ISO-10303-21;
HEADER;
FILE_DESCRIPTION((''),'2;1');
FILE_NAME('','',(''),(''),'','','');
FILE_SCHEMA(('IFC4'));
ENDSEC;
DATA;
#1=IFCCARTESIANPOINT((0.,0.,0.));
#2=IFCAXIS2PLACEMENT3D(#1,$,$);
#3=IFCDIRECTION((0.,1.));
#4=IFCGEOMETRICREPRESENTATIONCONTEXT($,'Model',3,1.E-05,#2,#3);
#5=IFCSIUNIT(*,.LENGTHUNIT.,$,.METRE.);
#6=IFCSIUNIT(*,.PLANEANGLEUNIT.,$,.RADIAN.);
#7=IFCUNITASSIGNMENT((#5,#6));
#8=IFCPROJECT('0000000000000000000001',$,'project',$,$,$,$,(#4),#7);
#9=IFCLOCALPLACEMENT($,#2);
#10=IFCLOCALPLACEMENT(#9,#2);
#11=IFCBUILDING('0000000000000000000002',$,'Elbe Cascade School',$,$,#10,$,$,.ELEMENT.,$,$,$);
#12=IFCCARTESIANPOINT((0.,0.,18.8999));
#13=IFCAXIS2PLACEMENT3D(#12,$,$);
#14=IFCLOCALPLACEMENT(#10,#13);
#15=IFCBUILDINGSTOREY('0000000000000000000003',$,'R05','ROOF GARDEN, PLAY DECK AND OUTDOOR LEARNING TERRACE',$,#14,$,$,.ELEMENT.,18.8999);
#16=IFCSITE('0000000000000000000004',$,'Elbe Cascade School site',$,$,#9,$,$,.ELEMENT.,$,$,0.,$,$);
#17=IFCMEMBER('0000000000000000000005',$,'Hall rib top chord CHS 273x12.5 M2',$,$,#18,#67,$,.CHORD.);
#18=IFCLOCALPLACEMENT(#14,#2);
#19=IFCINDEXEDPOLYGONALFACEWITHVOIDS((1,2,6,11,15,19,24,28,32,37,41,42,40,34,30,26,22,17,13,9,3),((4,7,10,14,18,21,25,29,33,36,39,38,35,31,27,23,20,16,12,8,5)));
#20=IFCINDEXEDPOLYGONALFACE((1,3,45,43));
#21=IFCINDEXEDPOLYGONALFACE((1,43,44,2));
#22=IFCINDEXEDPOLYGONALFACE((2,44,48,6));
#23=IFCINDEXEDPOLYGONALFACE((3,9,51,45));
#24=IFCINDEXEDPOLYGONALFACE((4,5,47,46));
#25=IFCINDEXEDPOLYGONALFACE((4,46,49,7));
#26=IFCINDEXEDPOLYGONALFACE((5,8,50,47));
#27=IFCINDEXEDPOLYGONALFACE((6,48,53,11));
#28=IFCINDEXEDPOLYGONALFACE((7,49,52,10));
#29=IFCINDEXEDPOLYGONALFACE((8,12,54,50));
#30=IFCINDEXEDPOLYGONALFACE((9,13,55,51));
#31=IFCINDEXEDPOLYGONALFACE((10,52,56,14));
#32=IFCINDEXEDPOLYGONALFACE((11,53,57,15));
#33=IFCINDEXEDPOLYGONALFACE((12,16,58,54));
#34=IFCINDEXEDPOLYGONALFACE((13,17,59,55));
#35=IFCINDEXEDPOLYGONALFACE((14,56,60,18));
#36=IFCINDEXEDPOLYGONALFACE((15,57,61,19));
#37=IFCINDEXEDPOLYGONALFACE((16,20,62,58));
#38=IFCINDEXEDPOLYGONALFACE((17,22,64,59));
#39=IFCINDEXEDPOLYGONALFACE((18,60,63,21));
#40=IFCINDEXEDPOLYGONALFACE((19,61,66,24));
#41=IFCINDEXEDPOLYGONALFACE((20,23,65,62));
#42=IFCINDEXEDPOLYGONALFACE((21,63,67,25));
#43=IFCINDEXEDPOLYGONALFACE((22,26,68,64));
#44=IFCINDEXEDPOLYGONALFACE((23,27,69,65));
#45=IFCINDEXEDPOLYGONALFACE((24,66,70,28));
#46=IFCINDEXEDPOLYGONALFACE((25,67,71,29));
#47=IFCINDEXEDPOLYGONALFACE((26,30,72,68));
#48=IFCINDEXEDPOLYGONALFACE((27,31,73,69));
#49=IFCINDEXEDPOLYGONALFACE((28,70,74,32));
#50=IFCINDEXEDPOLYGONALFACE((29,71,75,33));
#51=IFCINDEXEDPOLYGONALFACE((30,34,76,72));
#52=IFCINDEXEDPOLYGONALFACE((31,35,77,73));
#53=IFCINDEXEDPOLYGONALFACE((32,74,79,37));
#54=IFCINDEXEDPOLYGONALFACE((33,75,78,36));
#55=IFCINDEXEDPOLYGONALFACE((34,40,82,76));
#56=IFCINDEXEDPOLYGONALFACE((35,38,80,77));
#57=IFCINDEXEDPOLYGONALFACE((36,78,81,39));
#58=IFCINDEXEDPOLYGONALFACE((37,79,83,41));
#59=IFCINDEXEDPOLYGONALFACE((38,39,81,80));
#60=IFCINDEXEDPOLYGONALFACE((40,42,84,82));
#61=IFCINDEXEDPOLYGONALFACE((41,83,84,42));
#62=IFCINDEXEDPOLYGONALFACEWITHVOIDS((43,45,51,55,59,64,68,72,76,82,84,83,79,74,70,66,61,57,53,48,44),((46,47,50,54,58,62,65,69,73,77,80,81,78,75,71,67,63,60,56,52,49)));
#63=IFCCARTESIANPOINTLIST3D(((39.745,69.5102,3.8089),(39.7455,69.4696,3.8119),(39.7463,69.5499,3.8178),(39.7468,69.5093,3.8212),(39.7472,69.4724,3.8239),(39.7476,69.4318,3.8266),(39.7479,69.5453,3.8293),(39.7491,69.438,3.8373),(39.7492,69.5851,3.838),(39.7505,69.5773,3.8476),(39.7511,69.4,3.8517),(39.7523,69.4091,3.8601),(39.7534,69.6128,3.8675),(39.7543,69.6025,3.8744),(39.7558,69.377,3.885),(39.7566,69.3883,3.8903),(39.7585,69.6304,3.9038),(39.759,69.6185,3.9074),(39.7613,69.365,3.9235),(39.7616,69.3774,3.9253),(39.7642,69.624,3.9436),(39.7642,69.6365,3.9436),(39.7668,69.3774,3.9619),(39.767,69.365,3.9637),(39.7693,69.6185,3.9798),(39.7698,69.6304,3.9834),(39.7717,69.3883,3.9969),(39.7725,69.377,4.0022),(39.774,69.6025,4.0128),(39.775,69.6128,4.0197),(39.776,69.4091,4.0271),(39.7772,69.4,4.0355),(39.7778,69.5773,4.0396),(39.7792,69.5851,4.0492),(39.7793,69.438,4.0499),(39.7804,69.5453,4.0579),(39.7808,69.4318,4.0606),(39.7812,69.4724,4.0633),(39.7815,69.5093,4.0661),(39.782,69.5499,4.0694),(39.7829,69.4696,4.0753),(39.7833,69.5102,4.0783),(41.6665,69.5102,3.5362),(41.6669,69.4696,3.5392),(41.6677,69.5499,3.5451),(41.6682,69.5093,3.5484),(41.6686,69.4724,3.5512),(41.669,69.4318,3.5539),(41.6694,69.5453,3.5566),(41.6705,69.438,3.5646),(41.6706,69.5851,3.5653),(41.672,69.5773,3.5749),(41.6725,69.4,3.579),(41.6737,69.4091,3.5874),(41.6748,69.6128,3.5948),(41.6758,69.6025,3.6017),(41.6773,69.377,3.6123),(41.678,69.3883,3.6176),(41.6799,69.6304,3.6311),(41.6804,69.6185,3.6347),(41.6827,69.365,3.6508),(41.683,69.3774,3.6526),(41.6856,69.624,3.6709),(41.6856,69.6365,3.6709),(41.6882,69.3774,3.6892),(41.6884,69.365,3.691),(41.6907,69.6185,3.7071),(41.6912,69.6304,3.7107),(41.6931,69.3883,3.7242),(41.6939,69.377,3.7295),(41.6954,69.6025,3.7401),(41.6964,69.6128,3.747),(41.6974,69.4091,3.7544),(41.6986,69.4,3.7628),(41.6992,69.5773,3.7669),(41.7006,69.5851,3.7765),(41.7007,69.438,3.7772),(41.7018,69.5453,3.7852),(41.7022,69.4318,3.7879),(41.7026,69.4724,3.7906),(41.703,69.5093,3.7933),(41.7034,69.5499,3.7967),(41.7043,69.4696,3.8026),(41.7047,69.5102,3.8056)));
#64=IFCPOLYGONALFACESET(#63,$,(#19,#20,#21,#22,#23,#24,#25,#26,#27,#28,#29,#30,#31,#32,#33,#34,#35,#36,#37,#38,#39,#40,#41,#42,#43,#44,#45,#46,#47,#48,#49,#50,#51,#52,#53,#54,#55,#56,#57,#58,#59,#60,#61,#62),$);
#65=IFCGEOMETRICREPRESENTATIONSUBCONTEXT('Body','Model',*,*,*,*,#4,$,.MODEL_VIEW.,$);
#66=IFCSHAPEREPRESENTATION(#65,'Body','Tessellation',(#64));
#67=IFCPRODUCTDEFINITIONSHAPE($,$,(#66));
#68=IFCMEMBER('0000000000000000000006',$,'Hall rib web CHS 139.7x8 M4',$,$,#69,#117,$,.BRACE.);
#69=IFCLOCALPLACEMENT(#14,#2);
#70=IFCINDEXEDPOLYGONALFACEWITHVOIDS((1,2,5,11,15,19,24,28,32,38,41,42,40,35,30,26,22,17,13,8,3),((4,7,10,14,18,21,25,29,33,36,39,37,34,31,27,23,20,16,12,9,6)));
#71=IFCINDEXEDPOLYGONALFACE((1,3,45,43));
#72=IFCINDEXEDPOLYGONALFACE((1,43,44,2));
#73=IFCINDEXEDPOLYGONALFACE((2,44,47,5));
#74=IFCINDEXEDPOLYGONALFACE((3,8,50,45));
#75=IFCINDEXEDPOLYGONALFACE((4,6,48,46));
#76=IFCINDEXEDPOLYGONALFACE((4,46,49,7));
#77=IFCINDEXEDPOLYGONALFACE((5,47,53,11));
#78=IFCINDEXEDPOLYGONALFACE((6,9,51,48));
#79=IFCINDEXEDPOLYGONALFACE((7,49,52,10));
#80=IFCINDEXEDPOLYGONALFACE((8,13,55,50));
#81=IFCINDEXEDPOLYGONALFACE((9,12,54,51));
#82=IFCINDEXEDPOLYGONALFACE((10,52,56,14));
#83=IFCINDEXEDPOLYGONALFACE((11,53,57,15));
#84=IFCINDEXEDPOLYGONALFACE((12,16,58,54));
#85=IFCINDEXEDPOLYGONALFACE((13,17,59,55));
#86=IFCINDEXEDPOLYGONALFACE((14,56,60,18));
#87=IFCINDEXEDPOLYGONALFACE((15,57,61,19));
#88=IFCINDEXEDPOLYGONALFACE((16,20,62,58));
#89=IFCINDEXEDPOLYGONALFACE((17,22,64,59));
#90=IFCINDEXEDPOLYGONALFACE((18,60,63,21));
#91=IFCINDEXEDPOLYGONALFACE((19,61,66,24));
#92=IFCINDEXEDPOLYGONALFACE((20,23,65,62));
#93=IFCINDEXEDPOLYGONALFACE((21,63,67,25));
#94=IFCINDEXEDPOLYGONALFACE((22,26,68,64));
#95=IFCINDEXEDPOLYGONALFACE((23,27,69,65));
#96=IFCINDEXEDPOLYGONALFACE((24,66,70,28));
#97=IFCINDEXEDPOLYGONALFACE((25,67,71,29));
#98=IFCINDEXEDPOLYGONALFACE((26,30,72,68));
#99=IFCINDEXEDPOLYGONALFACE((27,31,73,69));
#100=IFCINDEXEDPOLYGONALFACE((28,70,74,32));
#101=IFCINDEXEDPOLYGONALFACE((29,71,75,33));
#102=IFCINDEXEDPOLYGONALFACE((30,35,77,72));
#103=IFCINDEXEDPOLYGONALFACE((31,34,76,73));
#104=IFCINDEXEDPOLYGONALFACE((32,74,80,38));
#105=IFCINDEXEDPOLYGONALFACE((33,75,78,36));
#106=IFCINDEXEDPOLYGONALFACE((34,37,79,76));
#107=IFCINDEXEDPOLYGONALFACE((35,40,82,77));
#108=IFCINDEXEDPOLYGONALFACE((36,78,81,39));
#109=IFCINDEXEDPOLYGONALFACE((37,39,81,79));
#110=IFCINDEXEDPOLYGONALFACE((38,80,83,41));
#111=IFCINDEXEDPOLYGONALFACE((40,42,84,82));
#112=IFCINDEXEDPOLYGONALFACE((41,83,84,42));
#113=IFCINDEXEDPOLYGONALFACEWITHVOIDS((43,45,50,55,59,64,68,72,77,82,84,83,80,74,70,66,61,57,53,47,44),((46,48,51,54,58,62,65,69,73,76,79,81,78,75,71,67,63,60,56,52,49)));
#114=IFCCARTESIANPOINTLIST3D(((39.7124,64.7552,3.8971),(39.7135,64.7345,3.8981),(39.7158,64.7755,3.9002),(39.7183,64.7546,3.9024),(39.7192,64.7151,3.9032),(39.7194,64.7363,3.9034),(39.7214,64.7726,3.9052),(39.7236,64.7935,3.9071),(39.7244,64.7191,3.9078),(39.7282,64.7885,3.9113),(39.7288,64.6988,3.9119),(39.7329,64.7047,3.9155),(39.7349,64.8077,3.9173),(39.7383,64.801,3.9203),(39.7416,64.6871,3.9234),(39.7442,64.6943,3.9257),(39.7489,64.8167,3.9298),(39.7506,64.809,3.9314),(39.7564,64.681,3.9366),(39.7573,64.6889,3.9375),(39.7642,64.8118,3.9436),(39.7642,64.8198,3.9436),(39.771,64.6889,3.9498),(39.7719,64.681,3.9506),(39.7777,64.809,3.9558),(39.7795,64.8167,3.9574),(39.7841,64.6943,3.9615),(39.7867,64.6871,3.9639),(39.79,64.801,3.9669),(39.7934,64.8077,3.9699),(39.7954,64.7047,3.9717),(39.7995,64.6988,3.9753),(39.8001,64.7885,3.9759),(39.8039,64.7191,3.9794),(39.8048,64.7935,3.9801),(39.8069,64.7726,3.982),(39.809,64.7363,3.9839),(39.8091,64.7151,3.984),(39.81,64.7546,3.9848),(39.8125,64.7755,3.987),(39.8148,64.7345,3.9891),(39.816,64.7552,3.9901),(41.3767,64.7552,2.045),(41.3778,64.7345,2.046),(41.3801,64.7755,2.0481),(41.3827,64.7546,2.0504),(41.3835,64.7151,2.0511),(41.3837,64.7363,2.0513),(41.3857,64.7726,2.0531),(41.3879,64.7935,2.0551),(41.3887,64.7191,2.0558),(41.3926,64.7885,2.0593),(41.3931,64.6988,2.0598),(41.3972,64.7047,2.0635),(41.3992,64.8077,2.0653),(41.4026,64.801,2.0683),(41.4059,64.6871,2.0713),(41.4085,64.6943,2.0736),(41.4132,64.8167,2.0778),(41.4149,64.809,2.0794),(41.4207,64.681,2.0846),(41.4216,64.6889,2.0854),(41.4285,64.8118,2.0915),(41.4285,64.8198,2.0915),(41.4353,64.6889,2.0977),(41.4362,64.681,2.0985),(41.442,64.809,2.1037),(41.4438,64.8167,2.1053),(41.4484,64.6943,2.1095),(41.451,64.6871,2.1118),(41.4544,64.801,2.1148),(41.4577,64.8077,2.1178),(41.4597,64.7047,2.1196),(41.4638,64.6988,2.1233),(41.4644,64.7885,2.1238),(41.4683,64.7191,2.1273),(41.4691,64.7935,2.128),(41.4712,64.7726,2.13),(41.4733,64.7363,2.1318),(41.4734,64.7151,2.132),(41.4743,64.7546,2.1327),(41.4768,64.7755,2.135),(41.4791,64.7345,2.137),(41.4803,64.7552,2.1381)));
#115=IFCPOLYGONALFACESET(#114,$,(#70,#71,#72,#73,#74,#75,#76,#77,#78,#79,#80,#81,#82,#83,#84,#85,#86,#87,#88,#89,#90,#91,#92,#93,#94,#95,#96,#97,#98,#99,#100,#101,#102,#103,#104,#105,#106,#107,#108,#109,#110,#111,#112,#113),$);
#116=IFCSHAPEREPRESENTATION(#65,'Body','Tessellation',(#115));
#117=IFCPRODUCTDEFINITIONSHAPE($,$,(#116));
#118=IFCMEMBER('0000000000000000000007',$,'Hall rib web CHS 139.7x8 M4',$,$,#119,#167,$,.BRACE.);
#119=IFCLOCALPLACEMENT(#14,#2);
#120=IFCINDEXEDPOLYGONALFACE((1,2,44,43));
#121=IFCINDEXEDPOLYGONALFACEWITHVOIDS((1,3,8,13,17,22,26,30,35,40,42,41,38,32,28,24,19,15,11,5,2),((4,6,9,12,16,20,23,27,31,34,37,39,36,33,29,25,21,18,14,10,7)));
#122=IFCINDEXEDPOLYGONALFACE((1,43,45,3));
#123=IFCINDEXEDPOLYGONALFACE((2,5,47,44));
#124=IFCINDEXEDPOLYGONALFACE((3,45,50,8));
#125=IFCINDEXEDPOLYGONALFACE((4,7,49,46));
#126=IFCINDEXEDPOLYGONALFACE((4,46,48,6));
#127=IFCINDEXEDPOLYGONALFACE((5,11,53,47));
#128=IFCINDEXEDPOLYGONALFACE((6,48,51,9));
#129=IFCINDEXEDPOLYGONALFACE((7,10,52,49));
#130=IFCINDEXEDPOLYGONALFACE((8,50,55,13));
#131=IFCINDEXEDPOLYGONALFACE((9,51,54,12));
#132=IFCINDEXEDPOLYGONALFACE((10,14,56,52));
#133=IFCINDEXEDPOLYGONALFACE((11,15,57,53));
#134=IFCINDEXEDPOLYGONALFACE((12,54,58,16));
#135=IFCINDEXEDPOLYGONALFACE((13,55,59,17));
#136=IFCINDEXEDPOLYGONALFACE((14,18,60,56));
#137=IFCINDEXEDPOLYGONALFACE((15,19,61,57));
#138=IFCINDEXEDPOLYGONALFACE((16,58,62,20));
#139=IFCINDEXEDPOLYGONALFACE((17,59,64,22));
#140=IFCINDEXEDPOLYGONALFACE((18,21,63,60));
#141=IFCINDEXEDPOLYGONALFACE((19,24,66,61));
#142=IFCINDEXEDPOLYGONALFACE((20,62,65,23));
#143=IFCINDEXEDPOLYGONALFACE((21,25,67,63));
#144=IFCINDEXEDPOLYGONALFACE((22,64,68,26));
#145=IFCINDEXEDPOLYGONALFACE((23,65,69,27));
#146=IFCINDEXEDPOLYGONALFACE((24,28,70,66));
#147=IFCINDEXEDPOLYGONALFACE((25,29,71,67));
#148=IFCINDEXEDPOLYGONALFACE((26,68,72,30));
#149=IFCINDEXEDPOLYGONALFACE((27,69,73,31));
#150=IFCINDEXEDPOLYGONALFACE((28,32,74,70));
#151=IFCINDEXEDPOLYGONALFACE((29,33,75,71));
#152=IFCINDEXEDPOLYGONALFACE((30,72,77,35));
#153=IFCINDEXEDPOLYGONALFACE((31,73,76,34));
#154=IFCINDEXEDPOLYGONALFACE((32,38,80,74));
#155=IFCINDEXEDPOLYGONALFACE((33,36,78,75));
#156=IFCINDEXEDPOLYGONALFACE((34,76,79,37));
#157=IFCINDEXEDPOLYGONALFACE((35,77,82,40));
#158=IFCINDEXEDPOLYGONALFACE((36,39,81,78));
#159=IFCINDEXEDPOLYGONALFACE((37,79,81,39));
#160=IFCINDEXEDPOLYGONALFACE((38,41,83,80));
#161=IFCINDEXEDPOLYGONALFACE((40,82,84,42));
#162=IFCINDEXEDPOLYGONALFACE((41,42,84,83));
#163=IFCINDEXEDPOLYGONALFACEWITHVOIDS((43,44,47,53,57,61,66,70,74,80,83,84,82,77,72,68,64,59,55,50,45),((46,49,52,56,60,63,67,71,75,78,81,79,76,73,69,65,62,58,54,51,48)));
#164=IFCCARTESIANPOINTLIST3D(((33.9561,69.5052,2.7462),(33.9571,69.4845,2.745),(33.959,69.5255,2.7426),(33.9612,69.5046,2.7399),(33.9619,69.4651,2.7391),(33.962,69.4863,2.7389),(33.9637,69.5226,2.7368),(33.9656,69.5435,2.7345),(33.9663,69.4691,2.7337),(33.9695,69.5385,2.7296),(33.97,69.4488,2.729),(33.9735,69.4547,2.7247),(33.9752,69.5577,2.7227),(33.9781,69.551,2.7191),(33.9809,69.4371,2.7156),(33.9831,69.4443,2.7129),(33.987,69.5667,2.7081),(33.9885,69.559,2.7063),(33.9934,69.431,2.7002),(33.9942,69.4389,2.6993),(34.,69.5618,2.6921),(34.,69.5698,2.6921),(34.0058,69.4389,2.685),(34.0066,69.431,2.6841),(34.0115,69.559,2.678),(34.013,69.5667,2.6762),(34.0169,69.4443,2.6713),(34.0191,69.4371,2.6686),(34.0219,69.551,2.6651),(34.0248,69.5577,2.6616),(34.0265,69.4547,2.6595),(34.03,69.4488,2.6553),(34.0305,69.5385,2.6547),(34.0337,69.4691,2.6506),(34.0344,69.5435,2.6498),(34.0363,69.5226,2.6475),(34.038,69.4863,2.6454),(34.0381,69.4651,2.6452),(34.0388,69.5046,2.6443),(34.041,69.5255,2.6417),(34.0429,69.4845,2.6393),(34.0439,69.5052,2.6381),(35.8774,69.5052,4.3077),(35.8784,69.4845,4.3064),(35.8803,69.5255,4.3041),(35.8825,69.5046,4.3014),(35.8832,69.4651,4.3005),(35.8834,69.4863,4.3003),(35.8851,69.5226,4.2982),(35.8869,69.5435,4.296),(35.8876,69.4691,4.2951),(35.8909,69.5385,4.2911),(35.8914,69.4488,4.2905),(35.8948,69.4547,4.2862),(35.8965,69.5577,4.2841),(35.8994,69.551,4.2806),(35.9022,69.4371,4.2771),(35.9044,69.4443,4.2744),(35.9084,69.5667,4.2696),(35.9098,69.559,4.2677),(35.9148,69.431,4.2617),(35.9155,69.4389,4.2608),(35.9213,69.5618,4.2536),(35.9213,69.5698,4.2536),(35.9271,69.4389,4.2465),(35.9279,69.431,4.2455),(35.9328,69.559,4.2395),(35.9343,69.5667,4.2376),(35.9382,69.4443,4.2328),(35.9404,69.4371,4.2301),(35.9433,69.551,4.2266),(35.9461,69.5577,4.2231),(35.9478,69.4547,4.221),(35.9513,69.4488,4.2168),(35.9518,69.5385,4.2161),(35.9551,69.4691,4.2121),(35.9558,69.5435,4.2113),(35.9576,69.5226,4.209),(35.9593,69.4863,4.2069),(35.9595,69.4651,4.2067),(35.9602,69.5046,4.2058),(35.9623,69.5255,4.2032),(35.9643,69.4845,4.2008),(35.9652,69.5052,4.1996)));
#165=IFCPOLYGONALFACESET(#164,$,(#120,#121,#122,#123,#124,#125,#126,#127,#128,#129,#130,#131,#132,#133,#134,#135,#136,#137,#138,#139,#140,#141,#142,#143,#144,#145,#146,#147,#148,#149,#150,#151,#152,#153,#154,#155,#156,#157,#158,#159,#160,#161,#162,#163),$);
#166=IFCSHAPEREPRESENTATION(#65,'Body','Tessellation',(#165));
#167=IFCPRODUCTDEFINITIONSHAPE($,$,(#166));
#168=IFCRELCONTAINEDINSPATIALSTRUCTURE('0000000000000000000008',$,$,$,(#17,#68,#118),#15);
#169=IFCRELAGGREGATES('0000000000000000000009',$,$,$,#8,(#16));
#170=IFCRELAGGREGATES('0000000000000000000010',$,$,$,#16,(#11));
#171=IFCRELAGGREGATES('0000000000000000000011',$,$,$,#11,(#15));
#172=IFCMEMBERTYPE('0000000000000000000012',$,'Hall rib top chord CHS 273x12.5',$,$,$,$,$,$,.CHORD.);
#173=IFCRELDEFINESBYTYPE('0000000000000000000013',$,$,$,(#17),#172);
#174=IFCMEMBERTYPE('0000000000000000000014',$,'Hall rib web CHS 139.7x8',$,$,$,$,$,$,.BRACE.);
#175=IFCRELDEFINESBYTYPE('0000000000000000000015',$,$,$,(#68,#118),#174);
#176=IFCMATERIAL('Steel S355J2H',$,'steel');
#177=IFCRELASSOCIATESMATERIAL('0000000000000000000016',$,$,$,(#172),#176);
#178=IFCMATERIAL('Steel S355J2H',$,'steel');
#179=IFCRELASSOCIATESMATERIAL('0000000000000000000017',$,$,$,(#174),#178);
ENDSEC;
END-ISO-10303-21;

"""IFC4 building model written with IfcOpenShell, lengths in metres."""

from ifc_helpers import new_model, si_unit, direction, frame, origin, origin_2d, place, context, subcontext, project, spatial, hollow_circle, extrude, material, material_profile, profile_set, type_object, element, save


model = new_model("IFC4")

# Units and contexts
model_context = context("Model", 3, precision=1e-05, world=origin(), true_north=direction((0.0, 1.0)))
body_context = subcontext(model_context, "Body", "Model", "MODEL_VIEW")
ifc_project = project(units=[si_unit("LENGTHUNIT", "METRE"), si_unit("PLANEANGLEUNIT", "RADIAN")], contexts=[model_context])

# Site, building, storey
site_placement = place(None, origin())
site = spatial("IfcSite", under=ifc_project, at=site_placement, Name="Elbe Cascade School site", CompositionType="ELEMENT", RefElevation=0.0)
building_placement = place(site_placement, origin())
building = spatial("IfcBuilding", under=site, at=building_placement, Name="Elbe Cascade School", CompositionType="ELEMENT")
storey_placement = place(building_placement, frame((0.0, 0.0, 18.8999)))
storey = spatial("IfcBuildingStorey", under=building, at=storey_placement, Name="R05", Description="ROOF GARDEN, PLAY DECK AND OUTDOOR LEARNING TERRACE", CompositionType="ELEMENT", Elevation=18.8999)

# Members
ifc_material_1 = material(Name="Steel S355J2H", Category="steel")
ifc_material_profile_1 = material_profile(ifc_material_1, hollow_circle(Radius=0.1365, WallThickness=0.0125, at=origin_2d()), Name="CHS 273x12.5")
ifc_profile_set_1 = profile_set([ifc_material_profile_1], Name="Steel S355J2H")
member_type_1 = type_object("IfcMemberType", Name="Hall rib top chord CHS 273x12.5", PredefinedType="CHORD", material=ifc_profile_set_1)
member_1_placement = place(storey_placement, frame((39.7642, 69.5, 3.9436), z_axis=(0.990077, 0.0, -0.140523), x_axis=(0.0, 1.0, 0.0)))
element("IfcMember", 1, at=member_1_placement, inside=storey, type_object=member_type_1, Name="Hall rib top chord CHS 273x12.5 M2", PredefinedType="CHORD", context=body_context, shape_type="SweptSolid", body=[
    extrude(hollow_circle(Radius=0.1365, WallThickness=0.0125, at=origin_2d()), origin(), (0.0, 0.0, 1.0), 1.9407),
])
ifc_material_2 = material(Name="Steel S355J2H", Category="steel")
ifc_material_profile_2 = material_profile(ifc_material_2, hollow_circle(Radius=0.0698, WallThickness=0.0081, at=origin_2d()), Name="CHS 139.7x8")
ifc_profile_set_2 = profile_set([ifc_material_profile_2], Name="Steel S355J2H")
member_type_2 = type_object("IfcMemberType", Name="Hall rib web CHS 139.7x8", PredefinedType="BRACE", material=ifc_profile_set_2)
member_2_placement = place(storey_placement, frame((39.7642, 64.75, 3.9436), z_axis=(0.668401, 0.0, -0.743801), x_axis=(0.0, 1.0, 0.0)))
element("IfcMember", 2, at=member_2_placement, inside=storey, type_object=member_type_2, Name="Hall rib web CHS 139.7x8 M4", PredefinedType="BRACE", context=body_context, shape_type="SweptSolid", body=[
    extrude(hollow_circle(Radius=0.0698, WallThickness=0.0081, at=origin_2d()), origin(), (0.0, 0.0, 1.0), 2.49),
])
member_3_placement = place(storey_placement, frame((34.0, 69.5, 2.6921), z_axis=(0.776036, 0.0, 0.630689), x_axis=(0.0, 1.0, 0.0)))
element("IfcMember", 3, at=member_3_placement, inside=storey, type_object=member_type_2, Name="Hall rib web CHS 139.7x8 M4", PredefinedType="BRACE", context=body_context, shape_type="SweptSolid", body=[
    extrude(hollow_circle(Radius=0.0698, WallThickness=0.0081, at=origin_2d()), origin(), (0.0, 0.0, 1.0), 2.4758),
])

save(model, "model.ifc")
